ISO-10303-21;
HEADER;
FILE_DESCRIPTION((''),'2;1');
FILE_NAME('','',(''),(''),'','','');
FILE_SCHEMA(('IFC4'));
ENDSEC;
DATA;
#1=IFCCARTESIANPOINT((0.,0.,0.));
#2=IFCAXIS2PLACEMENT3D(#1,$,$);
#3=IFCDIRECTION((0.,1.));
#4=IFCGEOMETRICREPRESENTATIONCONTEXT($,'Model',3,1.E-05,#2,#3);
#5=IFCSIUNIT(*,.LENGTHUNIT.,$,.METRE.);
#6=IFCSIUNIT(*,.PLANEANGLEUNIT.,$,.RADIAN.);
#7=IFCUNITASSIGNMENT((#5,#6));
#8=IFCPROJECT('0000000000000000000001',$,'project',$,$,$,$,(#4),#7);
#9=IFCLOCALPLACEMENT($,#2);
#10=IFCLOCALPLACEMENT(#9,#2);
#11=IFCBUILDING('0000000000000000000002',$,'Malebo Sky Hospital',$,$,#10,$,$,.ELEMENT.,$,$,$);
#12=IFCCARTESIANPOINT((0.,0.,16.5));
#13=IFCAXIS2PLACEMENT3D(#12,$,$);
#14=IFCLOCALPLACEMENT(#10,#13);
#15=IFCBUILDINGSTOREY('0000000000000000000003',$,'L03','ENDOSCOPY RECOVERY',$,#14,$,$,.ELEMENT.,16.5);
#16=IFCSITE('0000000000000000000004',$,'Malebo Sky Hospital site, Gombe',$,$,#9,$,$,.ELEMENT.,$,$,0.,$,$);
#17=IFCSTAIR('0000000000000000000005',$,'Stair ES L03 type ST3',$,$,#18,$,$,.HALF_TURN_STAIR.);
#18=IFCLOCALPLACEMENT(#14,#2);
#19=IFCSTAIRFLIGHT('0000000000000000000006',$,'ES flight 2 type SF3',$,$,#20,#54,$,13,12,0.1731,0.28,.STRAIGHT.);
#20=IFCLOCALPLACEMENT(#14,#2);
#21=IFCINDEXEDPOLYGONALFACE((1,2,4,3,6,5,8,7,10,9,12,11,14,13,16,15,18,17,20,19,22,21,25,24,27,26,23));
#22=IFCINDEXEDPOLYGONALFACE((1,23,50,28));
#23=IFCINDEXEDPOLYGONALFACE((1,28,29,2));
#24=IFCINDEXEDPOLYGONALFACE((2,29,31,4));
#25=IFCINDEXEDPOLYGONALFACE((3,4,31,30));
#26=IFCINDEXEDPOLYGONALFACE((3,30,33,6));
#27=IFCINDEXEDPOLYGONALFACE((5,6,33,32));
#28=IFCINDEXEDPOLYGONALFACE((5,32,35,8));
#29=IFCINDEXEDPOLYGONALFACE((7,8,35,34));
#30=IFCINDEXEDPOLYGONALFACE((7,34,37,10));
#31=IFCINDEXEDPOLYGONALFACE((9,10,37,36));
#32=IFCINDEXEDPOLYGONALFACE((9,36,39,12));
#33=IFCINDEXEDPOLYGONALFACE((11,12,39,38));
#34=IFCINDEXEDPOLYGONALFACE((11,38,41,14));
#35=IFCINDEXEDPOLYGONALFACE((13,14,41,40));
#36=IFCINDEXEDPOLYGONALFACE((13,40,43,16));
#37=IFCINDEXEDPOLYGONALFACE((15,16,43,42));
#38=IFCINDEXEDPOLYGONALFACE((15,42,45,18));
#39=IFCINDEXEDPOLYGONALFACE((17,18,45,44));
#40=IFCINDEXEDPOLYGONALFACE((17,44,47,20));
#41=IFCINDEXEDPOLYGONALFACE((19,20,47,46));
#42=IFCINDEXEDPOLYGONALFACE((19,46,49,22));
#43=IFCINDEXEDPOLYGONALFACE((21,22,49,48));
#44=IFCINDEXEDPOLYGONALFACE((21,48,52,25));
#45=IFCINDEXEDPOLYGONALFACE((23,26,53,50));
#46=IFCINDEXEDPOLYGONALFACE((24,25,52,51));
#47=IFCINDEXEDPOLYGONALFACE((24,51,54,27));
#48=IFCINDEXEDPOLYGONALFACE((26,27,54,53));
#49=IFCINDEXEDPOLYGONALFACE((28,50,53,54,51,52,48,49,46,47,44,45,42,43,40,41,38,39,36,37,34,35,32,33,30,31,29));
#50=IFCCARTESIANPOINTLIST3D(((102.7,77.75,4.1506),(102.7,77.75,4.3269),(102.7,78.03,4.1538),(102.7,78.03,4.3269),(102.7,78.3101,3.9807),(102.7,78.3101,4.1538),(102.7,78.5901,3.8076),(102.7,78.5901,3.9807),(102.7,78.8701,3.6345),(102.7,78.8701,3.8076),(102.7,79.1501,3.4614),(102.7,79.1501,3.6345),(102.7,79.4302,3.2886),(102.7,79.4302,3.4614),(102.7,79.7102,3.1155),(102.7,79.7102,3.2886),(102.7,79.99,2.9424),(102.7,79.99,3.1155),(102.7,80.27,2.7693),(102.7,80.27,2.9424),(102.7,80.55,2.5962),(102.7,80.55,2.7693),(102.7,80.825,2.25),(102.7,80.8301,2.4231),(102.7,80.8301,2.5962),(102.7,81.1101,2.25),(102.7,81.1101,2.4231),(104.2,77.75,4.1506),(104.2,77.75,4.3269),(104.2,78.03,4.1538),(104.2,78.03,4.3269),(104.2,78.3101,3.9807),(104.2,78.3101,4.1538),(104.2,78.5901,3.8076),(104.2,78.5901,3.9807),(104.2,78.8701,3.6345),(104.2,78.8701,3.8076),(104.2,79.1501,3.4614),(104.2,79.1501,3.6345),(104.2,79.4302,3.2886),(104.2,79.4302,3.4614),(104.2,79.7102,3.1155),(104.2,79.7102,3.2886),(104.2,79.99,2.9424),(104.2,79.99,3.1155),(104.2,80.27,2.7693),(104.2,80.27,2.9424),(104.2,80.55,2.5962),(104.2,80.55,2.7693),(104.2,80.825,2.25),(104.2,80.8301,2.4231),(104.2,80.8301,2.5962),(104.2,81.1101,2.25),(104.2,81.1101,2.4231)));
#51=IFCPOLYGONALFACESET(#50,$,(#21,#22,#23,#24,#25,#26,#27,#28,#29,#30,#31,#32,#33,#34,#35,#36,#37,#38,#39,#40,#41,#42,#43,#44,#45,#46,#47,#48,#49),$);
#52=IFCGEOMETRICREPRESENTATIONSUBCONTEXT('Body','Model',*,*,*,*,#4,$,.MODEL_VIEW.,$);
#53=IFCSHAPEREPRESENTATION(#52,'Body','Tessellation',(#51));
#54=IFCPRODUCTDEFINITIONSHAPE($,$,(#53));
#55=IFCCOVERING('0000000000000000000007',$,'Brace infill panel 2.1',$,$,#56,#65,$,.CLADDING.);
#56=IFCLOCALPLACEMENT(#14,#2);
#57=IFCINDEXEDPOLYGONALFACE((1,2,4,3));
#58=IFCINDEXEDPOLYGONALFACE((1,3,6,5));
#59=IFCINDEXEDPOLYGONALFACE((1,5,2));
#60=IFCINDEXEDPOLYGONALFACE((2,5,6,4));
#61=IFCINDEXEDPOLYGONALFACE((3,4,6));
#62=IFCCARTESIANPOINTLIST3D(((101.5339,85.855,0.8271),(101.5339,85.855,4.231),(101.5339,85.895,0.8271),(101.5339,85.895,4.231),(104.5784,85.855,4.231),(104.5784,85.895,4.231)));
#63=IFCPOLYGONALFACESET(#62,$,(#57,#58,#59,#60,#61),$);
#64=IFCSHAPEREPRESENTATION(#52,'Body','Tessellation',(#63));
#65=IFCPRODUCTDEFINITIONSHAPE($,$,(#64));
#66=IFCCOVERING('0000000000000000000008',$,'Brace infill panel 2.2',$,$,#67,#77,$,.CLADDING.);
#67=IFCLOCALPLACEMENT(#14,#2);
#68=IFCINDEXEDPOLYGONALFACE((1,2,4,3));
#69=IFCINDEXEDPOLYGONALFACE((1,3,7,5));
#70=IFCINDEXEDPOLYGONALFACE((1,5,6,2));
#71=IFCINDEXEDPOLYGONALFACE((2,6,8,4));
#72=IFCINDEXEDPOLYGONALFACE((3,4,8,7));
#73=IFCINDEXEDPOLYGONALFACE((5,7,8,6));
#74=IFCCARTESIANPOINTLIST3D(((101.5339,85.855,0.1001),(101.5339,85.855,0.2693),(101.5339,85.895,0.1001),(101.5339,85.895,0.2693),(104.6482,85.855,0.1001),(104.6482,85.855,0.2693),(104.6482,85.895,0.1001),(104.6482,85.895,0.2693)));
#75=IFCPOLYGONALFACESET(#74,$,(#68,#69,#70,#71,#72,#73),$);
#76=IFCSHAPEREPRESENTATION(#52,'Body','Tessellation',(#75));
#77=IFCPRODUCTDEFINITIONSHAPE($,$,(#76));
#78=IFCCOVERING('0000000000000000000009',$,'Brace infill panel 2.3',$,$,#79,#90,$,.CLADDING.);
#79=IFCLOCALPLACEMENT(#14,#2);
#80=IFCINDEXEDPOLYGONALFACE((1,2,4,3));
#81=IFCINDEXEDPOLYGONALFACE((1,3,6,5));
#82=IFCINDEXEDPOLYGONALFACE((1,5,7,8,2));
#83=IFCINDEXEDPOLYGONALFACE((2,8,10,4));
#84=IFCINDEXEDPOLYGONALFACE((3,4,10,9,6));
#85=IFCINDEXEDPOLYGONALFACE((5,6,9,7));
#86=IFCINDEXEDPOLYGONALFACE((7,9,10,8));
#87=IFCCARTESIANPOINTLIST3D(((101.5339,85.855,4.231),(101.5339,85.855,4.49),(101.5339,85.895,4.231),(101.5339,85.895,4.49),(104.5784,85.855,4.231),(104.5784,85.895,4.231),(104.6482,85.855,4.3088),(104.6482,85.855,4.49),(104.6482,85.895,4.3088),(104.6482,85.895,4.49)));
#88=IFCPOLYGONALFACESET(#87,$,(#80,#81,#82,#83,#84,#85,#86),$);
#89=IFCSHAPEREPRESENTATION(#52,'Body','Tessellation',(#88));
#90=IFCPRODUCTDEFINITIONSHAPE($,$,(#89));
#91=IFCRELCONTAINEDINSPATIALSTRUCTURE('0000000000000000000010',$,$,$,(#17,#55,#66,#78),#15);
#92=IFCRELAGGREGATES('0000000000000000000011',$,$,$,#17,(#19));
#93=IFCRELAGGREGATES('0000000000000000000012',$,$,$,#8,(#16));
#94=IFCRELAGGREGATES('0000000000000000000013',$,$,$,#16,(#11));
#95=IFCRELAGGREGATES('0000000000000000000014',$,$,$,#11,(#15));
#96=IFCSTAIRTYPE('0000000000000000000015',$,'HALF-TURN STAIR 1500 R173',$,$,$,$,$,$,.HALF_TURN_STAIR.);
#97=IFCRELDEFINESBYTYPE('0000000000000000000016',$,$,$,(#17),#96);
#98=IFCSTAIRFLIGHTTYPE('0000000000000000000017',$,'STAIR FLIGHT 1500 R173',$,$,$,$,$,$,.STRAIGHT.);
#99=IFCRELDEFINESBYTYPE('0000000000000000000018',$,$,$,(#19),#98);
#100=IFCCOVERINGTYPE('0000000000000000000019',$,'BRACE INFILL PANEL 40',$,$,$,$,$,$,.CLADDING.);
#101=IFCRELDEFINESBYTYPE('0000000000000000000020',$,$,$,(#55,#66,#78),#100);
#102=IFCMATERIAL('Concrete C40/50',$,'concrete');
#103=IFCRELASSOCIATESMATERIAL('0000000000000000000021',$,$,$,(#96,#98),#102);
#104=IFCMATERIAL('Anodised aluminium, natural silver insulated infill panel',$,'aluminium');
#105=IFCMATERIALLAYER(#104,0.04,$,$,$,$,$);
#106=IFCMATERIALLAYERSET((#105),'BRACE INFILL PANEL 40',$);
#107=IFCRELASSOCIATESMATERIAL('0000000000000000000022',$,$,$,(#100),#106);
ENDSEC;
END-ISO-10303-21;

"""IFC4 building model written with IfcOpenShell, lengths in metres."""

from ifc_helpers import new_model, si_unit, direction, frame, origin, place, context, subcontext, project, spatial, polyline, outline, extrude, material, layer, layer_set, type_object, element, aggregate, save


model = new_model("IFC4")

# Units and contexts
model_context = context("Model", 3, precision=1e-05, world=origin(), true_north=direction((0.0, 1.0)))
body_context = subcontext(model_context, "Body", "Model", "MODEL_VIEW")
ifc_project = project(units=[si_unit("LENGTHUNIT", "METRE"), si_unit("PLANEANGLEUNIT", "RADIAN")], contexts=[model_context])

# Site, building, storey
site_placement = place(None, origin())
site = spatial("IfcSite", under=ifc_project, at=site_placement, Name="Malebo Sky Hospital site, Gombe", CompositionType="ELEMENT", RefElevation=0.0)
building_placement = place(site_placement, origin())
building = spatial("IfcBuilding", under=site, at=building_placement, Name="Malebo Sky Hospital", CompositionType="ELEMENT")
storey_placement = place(building_placement, frame((0.0, 0.0, 16.5)))
storey = spatial("IfcBuildingStorey", under=building, at=storey_placement, Name="L03", Description="ENDOSCOPY RECOVERY", CompositionType="ELEMENT", Elevation=16.5)

# Stair, stair flight
ifc_material_1 = material(Name="Concrete C40/50", Category="concrete")
stair_type = type_object("IfcStairType", Name="HALF-TURN STAIR 1500 R173", PredefinedType="HALF_TURN_STAIR", material=ifc_material_1)
stair_placement = place(storey_placement, origin())
stair = element("IfcStair", 1, at=stair_placement, inside=storey, type_object=stair_type, Name="Stair ES L03 type ST3", PredefinedType="HALF_TURN_STAIR")
stair_flight_type = type_object("IfcStairFlightType", Name="STAIR FLIGHT 1500 R173", PredefinedType="STRAIGHT", material=ifc_material_1)
stair_flight_1_placement = place(storey_placement, frame((103.45, 81.1101, 2.25), z_axis=(0.0, 0.0, 1.0), x_axis=(0.0, -1.0, 0.0)))
stair_flight_1 = element("IfcStairFlight", 2, at=stair_flight_1_placement, type_object=stair_flight_type, Name="ES flight 2 type SF3", NumberOfRisers=13, NumberOfTreads=12, PredefinedType="STRAIGHT", RiserHeight=0.1731, TreadLength=0.28, context=body_context, shape_type="SweptSolid", body=[
    extrude(outline(polyline([(0.0, 0.0), (0.0, 0.1731), (0.28, 0.1731), (0.28, 0.3462), (0.5601, 0.3462), (0.5601, 0.5193), (0.8401, 0.5193), (0.8401, 0.6924), (1.1201, 0.6924), (1.1201, 0.8655), (1.3999, 0.8655), (1.3999, 1.0386), (1.6799, 1.0386), (1.6799, 1.2114), (1.96, 1.2114), (1.96, 1.3845), (2.24, 1.3845), (2.24, 1.5576), (2.52, 1.5576), (2.52, 1.7307), (2.8, 1.7307), (2.8, 1.9038), (3.0801, 1.9038), (3.0801, 2.0769), (3.3601, 2.0769), (3.3601, 2.25), (3.3601, 1.9006), (0.2852, 0.0), (0.0, 0.0)])), frame((0.0, 0.75, 0.0), z_axis=(0.0, -1.0, 0.0), x_axis=(1.0, 0.0, 0.0)), (0.0, 0.0, 1.0), 1.5),
])
aggregate(stair, [stair_flight_1])

# Coverings
ifc_material_2 = material(Name="Anodised aluminium, natural silver insulated infill panel", Category="aluminium")
ifc_layer_1 = layer(ifc_material_2, 0.04)
ifc_layer_set_1 = layer_set([ifc_layer_1], Name="BRACE INFILL PANEL 40")
covering_type = type_object("IfcCoveringType", Name="BRACE INFILL PANEL 40", PredefinedType="CLADDING", material=ifc_layer_set_1)
covering_1_placement = place(storey_placement, frame((103.0562, 85.875, 0.8271), z_axis=(0.0, 0.0, 1.0), x_axis=(-1.0, 0.0, 0.0)))
element("IfcCovering", 3, at=covering_1_placement, inside=storey, type_object=covering_type, Name="Brace infill panel 2.1", PredefinedType="CLADDING", context=body_context, shape_type="SweptSolid", body=[
    extrude(outline(polyline([(1.5222, 0.0), (1.5222, 3.4038), (-1.5222, 3.4038), (1.5222, 0.0)])), frame((0.0, 0.02, 0.0), z_axis=(0.0, -1.0, 0.0), x_axis=(1.0, 0.0, 0.0)), (0.0, 0.0, 1.0), 0.04),
])
covering_2_placement = place(storey_placement, frame((103.0911, 85.875, 0.1001), z_axis=(0.0, 0.0, 1.0), x_axis=(-1.0, 0.0, 0.0)))
element("IfcCovering", 4, at=covering_2_placement, inside=storey, type_object=covering_type, Name="Brace infill panel 2.2", PredefinedType="CLADDING", context=body_context, shape_type="SweptSolid", body=[
    extrude(outline(polyline([(-1.5571, 0.0), (1.5571, 0.0), (1.5571, 0.1692), (-1.5571, 0.1692), (-1.5571, 0.0)])), frame((0.0, 0.02, 0.0), z_axis=(0.0, -1.0, 0.0), x_axis=(1.0, 0.0, 0.0)), (0.0, 0.0, 1.0), 0.04),
])
covering_3_placement = place(storey_placement, frame((103.0911, 85.875, 4.231), z_axis=(0.0, 0.0, 1.0), x_axis=(-1.0, 0.0, 0.0)))
element("IfcCovering", 5, at=covering_3_placement, inside=storey, type_object=covering_type, Name="Brace infill panel 2.3", PredefinedType="CLADDING", context=body_context, shape_type="SweptSolid", body=[
    extrude(outline(polyline([(-1.4873, 0.0), (1.5571, 0.0), (1.5571, 0.259), (-1.5571, 0.259), (-1.5571, 0.0779), (-1.4873, 0.0)])), frame((0.0, 0.02, 0.0), z_axis=(0.0, -1.0, 0.0), x_axis=(1.0, 0.0, 0.0)), (0.0, 0.0, 1.0), 0.04),
])

save(model, "model.ifc")
